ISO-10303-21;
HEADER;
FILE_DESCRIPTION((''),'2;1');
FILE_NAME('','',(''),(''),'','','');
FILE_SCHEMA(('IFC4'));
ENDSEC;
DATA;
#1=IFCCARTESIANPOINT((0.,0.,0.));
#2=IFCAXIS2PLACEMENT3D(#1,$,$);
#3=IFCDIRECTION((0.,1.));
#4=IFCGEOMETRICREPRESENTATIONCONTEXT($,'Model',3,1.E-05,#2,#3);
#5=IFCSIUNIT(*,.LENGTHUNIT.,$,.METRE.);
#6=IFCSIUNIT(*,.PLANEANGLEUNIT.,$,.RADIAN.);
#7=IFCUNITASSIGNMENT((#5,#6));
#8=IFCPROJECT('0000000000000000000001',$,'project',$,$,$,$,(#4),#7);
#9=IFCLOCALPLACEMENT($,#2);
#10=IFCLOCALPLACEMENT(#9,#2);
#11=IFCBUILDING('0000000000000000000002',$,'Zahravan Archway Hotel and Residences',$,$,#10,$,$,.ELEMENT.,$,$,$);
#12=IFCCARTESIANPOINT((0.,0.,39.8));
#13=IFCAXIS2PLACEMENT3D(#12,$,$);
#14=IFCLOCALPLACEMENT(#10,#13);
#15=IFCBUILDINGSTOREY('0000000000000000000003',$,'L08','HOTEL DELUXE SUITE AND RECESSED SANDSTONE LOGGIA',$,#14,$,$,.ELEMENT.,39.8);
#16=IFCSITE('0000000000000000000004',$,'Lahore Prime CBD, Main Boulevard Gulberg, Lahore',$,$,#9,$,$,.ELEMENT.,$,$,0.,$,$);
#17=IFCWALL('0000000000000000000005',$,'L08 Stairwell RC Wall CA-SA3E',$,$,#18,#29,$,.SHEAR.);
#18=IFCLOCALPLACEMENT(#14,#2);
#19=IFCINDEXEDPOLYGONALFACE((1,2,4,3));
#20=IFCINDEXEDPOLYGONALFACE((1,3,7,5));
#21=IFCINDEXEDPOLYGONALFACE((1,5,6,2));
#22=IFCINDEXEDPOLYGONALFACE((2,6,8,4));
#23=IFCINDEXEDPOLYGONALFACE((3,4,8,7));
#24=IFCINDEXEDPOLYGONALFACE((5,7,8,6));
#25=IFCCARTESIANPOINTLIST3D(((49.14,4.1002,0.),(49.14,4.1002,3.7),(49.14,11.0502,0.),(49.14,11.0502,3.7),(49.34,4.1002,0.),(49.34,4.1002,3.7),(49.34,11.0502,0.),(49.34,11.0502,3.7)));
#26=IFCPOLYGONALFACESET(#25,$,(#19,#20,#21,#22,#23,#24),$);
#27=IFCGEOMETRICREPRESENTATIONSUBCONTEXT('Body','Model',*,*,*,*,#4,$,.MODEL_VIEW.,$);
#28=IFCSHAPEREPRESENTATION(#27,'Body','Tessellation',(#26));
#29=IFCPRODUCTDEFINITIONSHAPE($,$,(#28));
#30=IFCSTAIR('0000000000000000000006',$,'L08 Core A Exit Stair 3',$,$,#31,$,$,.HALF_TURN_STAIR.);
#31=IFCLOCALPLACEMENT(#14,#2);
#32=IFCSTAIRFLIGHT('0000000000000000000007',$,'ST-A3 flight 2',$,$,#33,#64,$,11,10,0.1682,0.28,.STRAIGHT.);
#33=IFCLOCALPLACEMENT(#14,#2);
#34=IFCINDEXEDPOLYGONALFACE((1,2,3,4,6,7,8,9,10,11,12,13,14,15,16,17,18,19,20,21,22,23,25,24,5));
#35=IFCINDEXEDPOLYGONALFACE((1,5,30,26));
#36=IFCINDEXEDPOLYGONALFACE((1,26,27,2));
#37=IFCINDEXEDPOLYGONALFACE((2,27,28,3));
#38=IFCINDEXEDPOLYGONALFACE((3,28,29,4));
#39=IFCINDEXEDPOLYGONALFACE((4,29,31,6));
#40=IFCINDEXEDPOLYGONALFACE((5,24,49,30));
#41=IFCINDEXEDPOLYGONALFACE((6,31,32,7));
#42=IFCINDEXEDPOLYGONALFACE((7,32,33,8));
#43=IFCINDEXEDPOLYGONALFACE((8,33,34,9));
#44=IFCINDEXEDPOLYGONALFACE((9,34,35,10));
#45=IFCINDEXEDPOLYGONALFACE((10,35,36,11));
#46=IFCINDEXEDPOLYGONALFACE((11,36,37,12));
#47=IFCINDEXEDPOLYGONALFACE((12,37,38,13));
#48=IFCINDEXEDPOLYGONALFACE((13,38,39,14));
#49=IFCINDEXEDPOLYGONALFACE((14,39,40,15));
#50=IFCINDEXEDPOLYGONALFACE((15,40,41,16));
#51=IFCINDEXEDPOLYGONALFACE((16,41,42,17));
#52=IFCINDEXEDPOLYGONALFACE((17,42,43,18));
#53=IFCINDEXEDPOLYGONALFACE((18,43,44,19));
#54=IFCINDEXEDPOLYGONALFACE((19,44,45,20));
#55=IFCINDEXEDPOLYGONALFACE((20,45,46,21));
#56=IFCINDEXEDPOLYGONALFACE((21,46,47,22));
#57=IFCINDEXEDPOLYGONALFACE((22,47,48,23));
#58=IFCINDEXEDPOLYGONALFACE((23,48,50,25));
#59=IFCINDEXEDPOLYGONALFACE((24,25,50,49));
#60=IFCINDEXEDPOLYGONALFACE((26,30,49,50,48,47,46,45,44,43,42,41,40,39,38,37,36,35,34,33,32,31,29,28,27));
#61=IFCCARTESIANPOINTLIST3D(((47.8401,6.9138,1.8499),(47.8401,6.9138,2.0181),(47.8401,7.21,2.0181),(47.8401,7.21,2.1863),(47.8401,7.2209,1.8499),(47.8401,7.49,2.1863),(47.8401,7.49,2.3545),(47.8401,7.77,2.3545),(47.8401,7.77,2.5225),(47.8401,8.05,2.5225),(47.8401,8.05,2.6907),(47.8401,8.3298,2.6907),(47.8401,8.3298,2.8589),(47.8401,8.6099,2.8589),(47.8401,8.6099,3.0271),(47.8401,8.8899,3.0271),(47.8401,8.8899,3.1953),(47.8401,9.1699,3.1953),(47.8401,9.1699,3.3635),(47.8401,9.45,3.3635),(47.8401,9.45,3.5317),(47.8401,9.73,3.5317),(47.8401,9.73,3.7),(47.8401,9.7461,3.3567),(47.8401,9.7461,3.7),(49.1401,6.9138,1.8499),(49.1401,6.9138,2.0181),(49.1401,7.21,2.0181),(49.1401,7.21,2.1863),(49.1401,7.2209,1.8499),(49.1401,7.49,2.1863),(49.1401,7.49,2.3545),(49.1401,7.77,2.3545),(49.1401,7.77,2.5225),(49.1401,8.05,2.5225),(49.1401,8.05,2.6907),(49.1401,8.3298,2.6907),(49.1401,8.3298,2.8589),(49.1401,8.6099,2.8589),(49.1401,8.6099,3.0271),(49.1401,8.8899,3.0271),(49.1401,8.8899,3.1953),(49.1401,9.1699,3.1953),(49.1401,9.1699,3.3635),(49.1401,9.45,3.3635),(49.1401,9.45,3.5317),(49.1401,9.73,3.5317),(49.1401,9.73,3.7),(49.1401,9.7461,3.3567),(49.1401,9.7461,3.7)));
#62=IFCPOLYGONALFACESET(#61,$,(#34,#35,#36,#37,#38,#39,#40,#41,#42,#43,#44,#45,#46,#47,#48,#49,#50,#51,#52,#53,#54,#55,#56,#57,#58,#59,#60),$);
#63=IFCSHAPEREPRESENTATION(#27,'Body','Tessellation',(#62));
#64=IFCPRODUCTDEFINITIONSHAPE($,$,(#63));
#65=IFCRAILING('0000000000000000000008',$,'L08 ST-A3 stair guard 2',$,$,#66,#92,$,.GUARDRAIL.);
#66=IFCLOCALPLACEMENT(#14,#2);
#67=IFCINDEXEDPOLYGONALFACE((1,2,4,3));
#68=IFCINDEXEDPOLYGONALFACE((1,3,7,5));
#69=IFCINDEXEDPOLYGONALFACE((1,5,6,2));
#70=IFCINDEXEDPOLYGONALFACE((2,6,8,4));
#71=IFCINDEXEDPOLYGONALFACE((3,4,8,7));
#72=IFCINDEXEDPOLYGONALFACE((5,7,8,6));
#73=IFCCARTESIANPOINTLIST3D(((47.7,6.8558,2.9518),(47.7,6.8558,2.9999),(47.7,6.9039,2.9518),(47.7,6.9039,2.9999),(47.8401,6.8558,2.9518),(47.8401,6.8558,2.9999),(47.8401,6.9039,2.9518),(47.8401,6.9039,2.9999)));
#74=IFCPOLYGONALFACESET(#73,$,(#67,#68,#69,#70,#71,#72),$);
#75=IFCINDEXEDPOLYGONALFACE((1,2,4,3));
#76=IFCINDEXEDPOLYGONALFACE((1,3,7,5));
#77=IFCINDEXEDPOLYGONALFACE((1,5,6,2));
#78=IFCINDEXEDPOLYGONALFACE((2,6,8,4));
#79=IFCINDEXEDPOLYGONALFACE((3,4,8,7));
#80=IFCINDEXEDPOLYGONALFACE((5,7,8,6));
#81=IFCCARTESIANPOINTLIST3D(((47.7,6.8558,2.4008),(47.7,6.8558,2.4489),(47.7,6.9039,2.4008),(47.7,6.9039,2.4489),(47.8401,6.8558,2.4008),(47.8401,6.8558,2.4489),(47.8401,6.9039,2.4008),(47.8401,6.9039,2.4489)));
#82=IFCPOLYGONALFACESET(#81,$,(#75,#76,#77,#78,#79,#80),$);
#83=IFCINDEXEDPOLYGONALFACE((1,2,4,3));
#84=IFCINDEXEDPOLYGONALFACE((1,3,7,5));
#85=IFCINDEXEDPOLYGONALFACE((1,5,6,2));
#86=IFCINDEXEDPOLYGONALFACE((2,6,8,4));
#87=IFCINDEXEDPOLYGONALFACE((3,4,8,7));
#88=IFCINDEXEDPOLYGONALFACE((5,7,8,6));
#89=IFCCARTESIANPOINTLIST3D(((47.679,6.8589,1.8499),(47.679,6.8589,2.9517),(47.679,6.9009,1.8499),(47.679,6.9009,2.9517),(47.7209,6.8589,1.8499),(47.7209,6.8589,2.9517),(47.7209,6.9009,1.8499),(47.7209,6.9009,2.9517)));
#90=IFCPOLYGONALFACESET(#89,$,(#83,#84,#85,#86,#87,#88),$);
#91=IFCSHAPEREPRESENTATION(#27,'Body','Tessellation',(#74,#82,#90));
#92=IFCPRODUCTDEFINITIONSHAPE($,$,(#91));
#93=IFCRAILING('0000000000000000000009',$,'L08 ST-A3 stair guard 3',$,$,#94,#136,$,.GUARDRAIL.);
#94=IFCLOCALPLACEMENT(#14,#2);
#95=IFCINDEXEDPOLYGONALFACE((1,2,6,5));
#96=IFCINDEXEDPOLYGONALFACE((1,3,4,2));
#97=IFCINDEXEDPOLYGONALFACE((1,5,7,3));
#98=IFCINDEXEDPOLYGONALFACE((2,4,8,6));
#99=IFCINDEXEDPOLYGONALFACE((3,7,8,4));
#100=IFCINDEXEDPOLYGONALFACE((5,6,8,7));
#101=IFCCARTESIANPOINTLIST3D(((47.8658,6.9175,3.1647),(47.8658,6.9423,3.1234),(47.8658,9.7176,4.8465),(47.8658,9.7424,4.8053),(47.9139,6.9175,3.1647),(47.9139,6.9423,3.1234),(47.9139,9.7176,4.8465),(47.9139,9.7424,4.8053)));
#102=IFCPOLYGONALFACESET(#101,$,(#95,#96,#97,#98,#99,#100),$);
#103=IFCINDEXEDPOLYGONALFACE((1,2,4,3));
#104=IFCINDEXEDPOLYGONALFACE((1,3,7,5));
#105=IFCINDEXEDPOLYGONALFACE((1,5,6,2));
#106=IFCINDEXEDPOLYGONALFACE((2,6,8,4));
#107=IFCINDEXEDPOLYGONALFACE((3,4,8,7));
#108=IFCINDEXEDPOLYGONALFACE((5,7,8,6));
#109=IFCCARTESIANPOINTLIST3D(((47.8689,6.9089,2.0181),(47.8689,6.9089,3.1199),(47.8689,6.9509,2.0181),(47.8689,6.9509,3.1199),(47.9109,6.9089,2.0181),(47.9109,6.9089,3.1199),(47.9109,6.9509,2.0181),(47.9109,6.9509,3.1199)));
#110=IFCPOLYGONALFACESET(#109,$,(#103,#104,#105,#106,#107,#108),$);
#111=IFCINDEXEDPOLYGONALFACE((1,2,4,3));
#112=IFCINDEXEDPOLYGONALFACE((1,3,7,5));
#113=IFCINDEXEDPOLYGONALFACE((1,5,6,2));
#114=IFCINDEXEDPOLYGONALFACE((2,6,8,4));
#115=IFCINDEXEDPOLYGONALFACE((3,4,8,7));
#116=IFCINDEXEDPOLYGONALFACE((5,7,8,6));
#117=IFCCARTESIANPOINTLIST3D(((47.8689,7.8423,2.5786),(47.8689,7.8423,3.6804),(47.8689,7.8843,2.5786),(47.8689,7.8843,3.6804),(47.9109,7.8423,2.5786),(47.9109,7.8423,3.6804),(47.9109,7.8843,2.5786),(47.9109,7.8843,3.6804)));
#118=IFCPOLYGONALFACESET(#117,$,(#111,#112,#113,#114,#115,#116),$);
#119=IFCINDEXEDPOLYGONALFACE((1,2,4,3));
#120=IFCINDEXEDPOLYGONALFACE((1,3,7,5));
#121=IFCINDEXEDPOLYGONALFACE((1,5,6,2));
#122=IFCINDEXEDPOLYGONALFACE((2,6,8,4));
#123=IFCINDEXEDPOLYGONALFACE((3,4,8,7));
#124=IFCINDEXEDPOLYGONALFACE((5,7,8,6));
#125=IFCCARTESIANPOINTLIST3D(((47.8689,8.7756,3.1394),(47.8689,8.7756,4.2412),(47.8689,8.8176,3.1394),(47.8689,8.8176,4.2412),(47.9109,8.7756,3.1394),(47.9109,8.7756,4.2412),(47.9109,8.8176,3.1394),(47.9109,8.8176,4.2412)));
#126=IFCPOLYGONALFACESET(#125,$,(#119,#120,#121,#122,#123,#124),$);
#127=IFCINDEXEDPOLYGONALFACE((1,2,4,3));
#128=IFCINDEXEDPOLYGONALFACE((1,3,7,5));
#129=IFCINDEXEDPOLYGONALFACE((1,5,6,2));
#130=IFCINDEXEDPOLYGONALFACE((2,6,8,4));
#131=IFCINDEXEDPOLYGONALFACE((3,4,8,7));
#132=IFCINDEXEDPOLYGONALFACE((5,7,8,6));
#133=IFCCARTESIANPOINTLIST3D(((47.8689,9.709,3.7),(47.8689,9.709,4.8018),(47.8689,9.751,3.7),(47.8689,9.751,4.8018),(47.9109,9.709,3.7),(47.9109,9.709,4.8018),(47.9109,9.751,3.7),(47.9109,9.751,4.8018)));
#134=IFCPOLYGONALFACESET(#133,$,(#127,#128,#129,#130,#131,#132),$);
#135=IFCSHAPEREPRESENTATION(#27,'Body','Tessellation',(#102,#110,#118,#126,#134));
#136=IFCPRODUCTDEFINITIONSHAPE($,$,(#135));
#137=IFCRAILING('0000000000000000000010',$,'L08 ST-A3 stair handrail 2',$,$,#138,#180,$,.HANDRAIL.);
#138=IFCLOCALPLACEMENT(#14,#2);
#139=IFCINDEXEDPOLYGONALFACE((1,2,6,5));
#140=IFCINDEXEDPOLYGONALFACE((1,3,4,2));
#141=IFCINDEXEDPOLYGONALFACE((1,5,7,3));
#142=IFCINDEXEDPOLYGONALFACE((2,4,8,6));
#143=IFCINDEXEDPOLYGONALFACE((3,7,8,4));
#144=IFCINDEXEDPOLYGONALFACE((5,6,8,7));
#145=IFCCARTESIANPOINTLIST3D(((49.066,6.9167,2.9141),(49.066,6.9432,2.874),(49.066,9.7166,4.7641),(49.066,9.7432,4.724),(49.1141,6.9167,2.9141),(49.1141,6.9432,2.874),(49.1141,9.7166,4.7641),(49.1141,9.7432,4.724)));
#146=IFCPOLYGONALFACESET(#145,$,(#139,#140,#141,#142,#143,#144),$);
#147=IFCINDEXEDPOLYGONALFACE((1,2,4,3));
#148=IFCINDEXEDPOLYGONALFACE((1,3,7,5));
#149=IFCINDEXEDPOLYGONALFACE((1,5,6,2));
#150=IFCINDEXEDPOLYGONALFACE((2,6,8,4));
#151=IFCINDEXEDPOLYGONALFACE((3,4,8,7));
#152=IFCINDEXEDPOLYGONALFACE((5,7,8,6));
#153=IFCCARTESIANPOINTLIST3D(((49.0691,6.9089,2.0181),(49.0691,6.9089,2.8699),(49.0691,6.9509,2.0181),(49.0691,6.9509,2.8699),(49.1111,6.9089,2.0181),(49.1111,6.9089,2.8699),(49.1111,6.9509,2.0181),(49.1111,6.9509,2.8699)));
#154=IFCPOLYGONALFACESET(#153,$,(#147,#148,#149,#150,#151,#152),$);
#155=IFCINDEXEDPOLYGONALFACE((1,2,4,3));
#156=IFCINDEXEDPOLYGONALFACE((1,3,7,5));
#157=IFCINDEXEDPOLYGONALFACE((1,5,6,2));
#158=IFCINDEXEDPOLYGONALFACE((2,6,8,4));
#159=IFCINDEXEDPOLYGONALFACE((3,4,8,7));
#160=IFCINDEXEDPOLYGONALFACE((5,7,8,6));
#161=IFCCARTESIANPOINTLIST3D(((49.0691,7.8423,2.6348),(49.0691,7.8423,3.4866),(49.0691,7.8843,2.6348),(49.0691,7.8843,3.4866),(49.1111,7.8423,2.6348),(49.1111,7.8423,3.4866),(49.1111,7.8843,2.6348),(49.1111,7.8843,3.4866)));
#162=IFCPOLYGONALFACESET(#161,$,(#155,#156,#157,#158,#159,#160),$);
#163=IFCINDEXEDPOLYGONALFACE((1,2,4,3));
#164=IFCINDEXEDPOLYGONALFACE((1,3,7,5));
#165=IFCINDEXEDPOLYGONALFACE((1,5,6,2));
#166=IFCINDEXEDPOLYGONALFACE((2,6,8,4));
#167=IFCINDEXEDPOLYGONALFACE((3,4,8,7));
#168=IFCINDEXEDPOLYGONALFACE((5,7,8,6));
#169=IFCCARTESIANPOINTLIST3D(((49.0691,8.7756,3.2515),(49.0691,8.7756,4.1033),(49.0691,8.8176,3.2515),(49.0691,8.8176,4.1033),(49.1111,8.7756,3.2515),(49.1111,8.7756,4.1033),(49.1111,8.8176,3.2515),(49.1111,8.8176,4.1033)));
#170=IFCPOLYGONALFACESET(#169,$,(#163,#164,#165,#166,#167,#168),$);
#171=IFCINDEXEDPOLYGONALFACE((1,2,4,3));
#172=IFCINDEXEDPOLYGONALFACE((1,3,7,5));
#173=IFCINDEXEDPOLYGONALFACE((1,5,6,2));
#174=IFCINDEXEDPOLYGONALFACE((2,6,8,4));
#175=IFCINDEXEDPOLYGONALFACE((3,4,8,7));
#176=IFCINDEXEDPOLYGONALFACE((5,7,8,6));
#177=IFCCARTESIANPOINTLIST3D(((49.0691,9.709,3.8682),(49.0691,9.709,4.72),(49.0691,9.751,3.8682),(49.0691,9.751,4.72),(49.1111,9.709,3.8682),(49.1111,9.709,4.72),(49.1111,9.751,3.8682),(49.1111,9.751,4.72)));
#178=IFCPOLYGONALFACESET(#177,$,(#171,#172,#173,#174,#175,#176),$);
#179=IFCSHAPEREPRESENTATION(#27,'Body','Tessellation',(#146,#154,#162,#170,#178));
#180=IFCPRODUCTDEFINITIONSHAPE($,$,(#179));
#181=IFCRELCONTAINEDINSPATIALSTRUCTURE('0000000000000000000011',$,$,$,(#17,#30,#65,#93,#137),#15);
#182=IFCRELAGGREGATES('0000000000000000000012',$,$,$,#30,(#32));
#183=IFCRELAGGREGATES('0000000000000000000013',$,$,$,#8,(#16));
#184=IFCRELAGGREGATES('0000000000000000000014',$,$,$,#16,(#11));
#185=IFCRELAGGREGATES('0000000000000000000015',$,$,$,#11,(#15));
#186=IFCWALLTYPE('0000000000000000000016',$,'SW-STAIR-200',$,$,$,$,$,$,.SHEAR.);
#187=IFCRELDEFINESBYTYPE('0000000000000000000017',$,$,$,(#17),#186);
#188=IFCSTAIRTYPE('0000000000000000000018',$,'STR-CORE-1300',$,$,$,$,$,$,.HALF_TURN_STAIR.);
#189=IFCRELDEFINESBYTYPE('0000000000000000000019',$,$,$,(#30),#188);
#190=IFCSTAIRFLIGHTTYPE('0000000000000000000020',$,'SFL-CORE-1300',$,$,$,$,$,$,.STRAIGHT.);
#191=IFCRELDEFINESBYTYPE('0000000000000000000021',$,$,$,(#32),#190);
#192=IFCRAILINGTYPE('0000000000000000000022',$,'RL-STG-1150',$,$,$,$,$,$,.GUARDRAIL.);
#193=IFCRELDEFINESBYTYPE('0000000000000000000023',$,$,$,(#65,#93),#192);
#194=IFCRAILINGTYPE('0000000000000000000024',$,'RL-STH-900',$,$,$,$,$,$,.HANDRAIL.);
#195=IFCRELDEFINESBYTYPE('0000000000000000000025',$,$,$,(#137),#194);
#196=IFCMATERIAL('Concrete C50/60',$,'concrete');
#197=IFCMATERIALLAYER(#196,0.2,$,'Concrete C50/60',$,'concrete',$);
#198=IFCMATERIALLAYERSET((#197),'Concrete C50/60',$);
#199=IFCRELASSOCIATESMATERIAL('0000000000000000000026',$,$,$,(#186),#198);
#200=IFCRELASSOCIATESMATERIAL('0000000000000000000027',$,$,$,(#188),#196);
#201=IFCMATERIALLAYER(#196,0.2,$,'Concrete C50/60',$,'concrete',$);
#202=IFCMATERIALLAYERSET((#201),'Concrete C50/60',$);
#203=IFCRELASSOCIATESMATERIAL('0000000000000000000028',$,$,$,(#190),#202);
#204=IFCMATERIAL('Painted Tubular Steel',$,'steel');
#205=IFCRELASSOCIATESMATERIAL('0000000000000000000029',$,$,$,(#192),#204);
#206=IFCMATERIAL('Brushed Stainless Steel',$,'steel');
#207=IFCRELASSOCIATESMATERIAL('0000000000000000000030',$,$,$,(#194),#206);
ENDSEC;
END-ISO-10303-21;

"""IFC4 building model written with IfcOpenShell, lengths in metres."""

from ifc_helpers import new_model, si_unit, direction, frame, frame_2d, origin, origin_2d, place, context, subcontext, project, spatial, polyline, rectangle, outline, extrude, source, transform, mapped, material, layer, layer_set, type_object, element, aggregate, save


model = new_model("IFC4")

# Units and contexts
model_context = context("Model", 3, precision=1e-05, world=origin(), true_north=direction((0.0, 1.0)))
body_context = subcontext(model_context, "Body", "Model", "MODEL_VIEW")
ifc_project = project(units=[si_unit("LENGTHUNIT", "METRE"), si_unit("PLANEANGLEUNIT", "RADIAN")], contexts=[model_context])

# Site, building, storey
site_placement = place(None, origin())
site = spatial("IfcSite", under=ifc_project, at=site_placement, Name="Lahore Prime CBD, Main Boulevard Gulberg, Lahore", CompositionType="ELEMENT", RefElevation=0.0)
building_placement = place(site_placement, origin())
building = spatial("IfcBuilding", under=site, at=building_placement, Name="Zahravan Archway Hotel and Residences", CompositionType="ELEMENT")
storey_placement = place(building_placement, frame((0.0, 0.0, 39.8)))
storey = spatial("IfcBuildingStorey", under=building, at=storey_placement, Name="L08", Description="HOTEL DELUXE SUITE AND RECESSED SANDSTONE LOGGIA", CompositionType="ELEMENT", Elevation=39.8)

# Wall
ifc_material_1 = material(Name="Concrete C50/60", Category="concrete")
ifc_layer_1 = layer(ifc_material_1, 0.2, Name="Concrete C50/60", Category="concrete")
ifc_layer_set_1 = layer_set([ifc_layer_1], Name="Concrete C50/60")
wall_type_1 = type_object("IfcWallType", Name="SW-STAIR-200", PredefinedType="SHEAR", material=ifc_layer_set_1)
wall_1_placement = place(storey_placement, frame((49.24, 4.1001, 0.0), z_axis=(0.0, 0.0, 1.0), x_axis=(0.0, 1.0, 0.0)))
element("IfcWall", 1, at=wall_1_placement, inside=storey, type_object=wall_type_1, Name="L08 Stairwell RC Wall CA-SA3E", PredefinedType="SHEAR", context=body_context, shape_type="SweptSolid", body=[
    extrude(rectangle(XDim=6.95, YDim=0.2, at=frame_2d((3.4751, 0.0))), origin(), (0.0, 0.0, 1.0), 3.7),
])

# Stair, stair flight
stair_type = type_object("IfcStairType", Name="STR-CORE-1300", PredefinedType="HALF_TURN_STAIR", material=ifc_material_1)
stair_placement = place(storey_placement, origin())
stair = element("IfcStair", 2, at=stair_placement, inside=storey, type_object=stair_type, Name="L08 Core A Exit Stair 3", PredefinedType="HALF_TURN_STAIR")
ifc_layer_2 = layer(ifc_material_1, 0.2, Name="Concrete C50/60", Category="concrete")
ifc_layer_set_2 = layer_set([ifc_layer_2], Name="Concrete C50/60")
stair_flight_type = type_object("IfcStairFlightType", Name="SFL-CORE-1300", PredefinedType="STRAIGHT", material=ifc_layer_set_2)
shared_shape_1 = source(origin(), body_context, "Body", "SweptSolid", [
    extrude(outline(polyline([(-0.0161, 0.0), (-0.0161, 0.1682), (0.28, 0.1682), (0.28, 0.3364), (0.5601, 0.3364), (0.5601, 0.5046), (0.8401, 0.5046), (0.8401, 0.6726), (1.1201, 0.6726), (1.1201, 0.8408), (1.3999, 0.8408), (1.3999, 1.009), (1.6799, 1.009), (1.6799, 1.1772), (1.96, 1.1772), (1.96, 1.3455), (2.24, 1.3455), (2.24, 1.5137), (2.52, 1.5137), (2.52, 1.6819), (2.8, 1.6819), (2.8, 1.8501), (2.8162, 1.8501), (2.8162, 1.5068), (0.291, 0.0), (-0.0161, 0.0)])), frame((0.0, 0.6499, 0.0), z_axis=(0.0, -1.0, 0.0), x_axis=(1.0, 0.0, 0.0)), (0.0, 0.0, 1.0), 1.3),
])
stair_flight_placement = place(storey_placement, frame((48.49, 6.9299, 1.8499), z_axis=(0.0, 0.0, 1.0), x_axis=(0.0, 1.0, 0.0)))
stair_flight = element("IfcStairFlight", 3, at=stair_flight_placement, type_object=stair_flight_type, Name="ST-A3 flight 2", NumberOfRisers=11, NumberOfTreads=10, PredefinedType="STRAIGHT", RiserHeight=0.1682, TreadLength=0.28, context=body_context, shape_type="MappedRepresentation", body=[
    mapped(shared_shape_1, transform((0.0, 0.0, 0.0), scale=1.0)),
])
aggregate(stair, [stair_flight])

# Railings
ifc_material_2 = material(Name="Painted Tubular Steel", Category="steel")
railing_type_1 = type_object("IfcRailingType", Name="RL-STG-1150", PredefinedType="GUARDRAIL", material=ifc_material_2)
railing_1_placement = place(storey_placement, frame((47.7, 6.8799, 1.8499)))
element("IfcRailing", 4, at=railing_1_placement, inside=storey, type_object=railing_type_1, Name="L08 ST-A3 stair guard 2", PredefinedType="GUARDRAIL", context=body_context, shape_type="SweptSolid", body=[
    extrude(rectangle(XDim=0.0481, YDim=0.0481, at=origin_2d()), frame((0.0, 0.0, 1.126), z_axis=(1.0, 0.0, 0.0), x_axis=(0.0, 1.0, 0.0)), (0.0, 0.0, 1.0), 0.1401),
    extrude(rectangle(XDim=0.0481, YDim=0.0481, at=origin_2d()), frame((0.0, 0.0, 0.575), z_axis=(1.0, 0.0, 0.0), x_axis=(0.0, 1.0, 0.0)), (0.0, 0.0, 1.0), 0.1401),
    extrude(rectangle(XDim=0.042, YDim=0.042, at=origin_2d()), origin(), (0.0, 0.0, 1.0), 1.1018),
])
railing_2_placement = place(storey_placement, frame((47.8899, 6.9299, 2.0181)))
element("IfcRailing", 5, at=railing_2_placement, inside=storey, type_object=railing_type_1, Name="L08 ST-A3 stair guard 3", PredefinedType="GUARDRAIL", context=body_context, shape_type="SweptSolid", body=[
    extrude(rectangle(XDim=0.0481, YDim=0.0481, at=origin_2d()), frame((0.0, 0.0, 1.126), z_axis=(0.0, 0.857242, 0.514913), x_axis=(-1.0, 0.0, 0.0)), (0.0, 0.0, 1.0), 3.2664),
    extrude(rectangle(XDim=0.042, YDim=0.042, at=origin_2d()), origin(), (0.0, 0.0, 1.0), 1.1018),
    extrude(rectangle(XDim=0.042, YDim=0.042, at=origin_2d()), frame((0.0, 0.9333, 0.5605)), (0.0, 0.0, 1.0), 1.1018),
    extrude(rectangle(XDim=0.042, YDim=0.042, at=origin_2d()), frame((0.0, 1.8667, 1.1213)), (0.0, 0.0, 1.0), 1.1018),
    extrude(rectangle(XDim=0.042, YDim=0.042, at=origin_2d()), frame((0.0, 2.8, 1.6819)), (0.0, 0.0, 1.0), 1.1018),
])
ifc_material_3 = material(Name="Brushed Stainless Steel", Category="steel")
railing_type_2 = type_object("IfcRailingType", Name="RL-STH-900", PredefinedType="HANDRAIL", material=ifc_material_3)
railing_3_placement = place(storey_placement, frame((49.0901, 6.9299, 2.0181)))
element("IfcRailing", 6, at=railing_3_placement, inside=storey, type_object=railing_type_2, Name="L08 ST-A3 stair handrail 2", PredefinedType="HANDRAIL", context=body_context, shape_type="SweptSolid", body=[
    extrude(rectangle(XDim=0.0481, YDim=0.0481, at=origin_2d()), frame((0.0, 0.0, 0.876), z_axis=(0.0, 0.834326, 0.551271), x_axis=(-1.0, 0.0, 0.0)), (0.0, 0.0, 1.0), 3.356),
    extrude(rectangle(XDim=0.042, YDim=0.042, at=origin_2d()), origin(), (0.0, 0.0, 1.0), 0.8518),
    extrude(rectangle(XDim=0.042, YDim=0.042, at=origin_2d()), frame((0.0, 0.9333, 0.6167)), (0.0, 0.0, 1.0), 0.8518),
    extrude(rectangle(XDim=0.042, YDim=0.042, at=origin_2d()), frame((0.0, 1.8667, 1.2334)), (0.0, 0.0, 1.0), 0.8518),
    extrude(rectangle(XDim=0.042, YDim=0.042, at=origin_2d()), frame((0.0, 2.8, 1.8501)), (0.0, 0.0, 1.0), 0.8518),
])

save(model, "model.ifc")
